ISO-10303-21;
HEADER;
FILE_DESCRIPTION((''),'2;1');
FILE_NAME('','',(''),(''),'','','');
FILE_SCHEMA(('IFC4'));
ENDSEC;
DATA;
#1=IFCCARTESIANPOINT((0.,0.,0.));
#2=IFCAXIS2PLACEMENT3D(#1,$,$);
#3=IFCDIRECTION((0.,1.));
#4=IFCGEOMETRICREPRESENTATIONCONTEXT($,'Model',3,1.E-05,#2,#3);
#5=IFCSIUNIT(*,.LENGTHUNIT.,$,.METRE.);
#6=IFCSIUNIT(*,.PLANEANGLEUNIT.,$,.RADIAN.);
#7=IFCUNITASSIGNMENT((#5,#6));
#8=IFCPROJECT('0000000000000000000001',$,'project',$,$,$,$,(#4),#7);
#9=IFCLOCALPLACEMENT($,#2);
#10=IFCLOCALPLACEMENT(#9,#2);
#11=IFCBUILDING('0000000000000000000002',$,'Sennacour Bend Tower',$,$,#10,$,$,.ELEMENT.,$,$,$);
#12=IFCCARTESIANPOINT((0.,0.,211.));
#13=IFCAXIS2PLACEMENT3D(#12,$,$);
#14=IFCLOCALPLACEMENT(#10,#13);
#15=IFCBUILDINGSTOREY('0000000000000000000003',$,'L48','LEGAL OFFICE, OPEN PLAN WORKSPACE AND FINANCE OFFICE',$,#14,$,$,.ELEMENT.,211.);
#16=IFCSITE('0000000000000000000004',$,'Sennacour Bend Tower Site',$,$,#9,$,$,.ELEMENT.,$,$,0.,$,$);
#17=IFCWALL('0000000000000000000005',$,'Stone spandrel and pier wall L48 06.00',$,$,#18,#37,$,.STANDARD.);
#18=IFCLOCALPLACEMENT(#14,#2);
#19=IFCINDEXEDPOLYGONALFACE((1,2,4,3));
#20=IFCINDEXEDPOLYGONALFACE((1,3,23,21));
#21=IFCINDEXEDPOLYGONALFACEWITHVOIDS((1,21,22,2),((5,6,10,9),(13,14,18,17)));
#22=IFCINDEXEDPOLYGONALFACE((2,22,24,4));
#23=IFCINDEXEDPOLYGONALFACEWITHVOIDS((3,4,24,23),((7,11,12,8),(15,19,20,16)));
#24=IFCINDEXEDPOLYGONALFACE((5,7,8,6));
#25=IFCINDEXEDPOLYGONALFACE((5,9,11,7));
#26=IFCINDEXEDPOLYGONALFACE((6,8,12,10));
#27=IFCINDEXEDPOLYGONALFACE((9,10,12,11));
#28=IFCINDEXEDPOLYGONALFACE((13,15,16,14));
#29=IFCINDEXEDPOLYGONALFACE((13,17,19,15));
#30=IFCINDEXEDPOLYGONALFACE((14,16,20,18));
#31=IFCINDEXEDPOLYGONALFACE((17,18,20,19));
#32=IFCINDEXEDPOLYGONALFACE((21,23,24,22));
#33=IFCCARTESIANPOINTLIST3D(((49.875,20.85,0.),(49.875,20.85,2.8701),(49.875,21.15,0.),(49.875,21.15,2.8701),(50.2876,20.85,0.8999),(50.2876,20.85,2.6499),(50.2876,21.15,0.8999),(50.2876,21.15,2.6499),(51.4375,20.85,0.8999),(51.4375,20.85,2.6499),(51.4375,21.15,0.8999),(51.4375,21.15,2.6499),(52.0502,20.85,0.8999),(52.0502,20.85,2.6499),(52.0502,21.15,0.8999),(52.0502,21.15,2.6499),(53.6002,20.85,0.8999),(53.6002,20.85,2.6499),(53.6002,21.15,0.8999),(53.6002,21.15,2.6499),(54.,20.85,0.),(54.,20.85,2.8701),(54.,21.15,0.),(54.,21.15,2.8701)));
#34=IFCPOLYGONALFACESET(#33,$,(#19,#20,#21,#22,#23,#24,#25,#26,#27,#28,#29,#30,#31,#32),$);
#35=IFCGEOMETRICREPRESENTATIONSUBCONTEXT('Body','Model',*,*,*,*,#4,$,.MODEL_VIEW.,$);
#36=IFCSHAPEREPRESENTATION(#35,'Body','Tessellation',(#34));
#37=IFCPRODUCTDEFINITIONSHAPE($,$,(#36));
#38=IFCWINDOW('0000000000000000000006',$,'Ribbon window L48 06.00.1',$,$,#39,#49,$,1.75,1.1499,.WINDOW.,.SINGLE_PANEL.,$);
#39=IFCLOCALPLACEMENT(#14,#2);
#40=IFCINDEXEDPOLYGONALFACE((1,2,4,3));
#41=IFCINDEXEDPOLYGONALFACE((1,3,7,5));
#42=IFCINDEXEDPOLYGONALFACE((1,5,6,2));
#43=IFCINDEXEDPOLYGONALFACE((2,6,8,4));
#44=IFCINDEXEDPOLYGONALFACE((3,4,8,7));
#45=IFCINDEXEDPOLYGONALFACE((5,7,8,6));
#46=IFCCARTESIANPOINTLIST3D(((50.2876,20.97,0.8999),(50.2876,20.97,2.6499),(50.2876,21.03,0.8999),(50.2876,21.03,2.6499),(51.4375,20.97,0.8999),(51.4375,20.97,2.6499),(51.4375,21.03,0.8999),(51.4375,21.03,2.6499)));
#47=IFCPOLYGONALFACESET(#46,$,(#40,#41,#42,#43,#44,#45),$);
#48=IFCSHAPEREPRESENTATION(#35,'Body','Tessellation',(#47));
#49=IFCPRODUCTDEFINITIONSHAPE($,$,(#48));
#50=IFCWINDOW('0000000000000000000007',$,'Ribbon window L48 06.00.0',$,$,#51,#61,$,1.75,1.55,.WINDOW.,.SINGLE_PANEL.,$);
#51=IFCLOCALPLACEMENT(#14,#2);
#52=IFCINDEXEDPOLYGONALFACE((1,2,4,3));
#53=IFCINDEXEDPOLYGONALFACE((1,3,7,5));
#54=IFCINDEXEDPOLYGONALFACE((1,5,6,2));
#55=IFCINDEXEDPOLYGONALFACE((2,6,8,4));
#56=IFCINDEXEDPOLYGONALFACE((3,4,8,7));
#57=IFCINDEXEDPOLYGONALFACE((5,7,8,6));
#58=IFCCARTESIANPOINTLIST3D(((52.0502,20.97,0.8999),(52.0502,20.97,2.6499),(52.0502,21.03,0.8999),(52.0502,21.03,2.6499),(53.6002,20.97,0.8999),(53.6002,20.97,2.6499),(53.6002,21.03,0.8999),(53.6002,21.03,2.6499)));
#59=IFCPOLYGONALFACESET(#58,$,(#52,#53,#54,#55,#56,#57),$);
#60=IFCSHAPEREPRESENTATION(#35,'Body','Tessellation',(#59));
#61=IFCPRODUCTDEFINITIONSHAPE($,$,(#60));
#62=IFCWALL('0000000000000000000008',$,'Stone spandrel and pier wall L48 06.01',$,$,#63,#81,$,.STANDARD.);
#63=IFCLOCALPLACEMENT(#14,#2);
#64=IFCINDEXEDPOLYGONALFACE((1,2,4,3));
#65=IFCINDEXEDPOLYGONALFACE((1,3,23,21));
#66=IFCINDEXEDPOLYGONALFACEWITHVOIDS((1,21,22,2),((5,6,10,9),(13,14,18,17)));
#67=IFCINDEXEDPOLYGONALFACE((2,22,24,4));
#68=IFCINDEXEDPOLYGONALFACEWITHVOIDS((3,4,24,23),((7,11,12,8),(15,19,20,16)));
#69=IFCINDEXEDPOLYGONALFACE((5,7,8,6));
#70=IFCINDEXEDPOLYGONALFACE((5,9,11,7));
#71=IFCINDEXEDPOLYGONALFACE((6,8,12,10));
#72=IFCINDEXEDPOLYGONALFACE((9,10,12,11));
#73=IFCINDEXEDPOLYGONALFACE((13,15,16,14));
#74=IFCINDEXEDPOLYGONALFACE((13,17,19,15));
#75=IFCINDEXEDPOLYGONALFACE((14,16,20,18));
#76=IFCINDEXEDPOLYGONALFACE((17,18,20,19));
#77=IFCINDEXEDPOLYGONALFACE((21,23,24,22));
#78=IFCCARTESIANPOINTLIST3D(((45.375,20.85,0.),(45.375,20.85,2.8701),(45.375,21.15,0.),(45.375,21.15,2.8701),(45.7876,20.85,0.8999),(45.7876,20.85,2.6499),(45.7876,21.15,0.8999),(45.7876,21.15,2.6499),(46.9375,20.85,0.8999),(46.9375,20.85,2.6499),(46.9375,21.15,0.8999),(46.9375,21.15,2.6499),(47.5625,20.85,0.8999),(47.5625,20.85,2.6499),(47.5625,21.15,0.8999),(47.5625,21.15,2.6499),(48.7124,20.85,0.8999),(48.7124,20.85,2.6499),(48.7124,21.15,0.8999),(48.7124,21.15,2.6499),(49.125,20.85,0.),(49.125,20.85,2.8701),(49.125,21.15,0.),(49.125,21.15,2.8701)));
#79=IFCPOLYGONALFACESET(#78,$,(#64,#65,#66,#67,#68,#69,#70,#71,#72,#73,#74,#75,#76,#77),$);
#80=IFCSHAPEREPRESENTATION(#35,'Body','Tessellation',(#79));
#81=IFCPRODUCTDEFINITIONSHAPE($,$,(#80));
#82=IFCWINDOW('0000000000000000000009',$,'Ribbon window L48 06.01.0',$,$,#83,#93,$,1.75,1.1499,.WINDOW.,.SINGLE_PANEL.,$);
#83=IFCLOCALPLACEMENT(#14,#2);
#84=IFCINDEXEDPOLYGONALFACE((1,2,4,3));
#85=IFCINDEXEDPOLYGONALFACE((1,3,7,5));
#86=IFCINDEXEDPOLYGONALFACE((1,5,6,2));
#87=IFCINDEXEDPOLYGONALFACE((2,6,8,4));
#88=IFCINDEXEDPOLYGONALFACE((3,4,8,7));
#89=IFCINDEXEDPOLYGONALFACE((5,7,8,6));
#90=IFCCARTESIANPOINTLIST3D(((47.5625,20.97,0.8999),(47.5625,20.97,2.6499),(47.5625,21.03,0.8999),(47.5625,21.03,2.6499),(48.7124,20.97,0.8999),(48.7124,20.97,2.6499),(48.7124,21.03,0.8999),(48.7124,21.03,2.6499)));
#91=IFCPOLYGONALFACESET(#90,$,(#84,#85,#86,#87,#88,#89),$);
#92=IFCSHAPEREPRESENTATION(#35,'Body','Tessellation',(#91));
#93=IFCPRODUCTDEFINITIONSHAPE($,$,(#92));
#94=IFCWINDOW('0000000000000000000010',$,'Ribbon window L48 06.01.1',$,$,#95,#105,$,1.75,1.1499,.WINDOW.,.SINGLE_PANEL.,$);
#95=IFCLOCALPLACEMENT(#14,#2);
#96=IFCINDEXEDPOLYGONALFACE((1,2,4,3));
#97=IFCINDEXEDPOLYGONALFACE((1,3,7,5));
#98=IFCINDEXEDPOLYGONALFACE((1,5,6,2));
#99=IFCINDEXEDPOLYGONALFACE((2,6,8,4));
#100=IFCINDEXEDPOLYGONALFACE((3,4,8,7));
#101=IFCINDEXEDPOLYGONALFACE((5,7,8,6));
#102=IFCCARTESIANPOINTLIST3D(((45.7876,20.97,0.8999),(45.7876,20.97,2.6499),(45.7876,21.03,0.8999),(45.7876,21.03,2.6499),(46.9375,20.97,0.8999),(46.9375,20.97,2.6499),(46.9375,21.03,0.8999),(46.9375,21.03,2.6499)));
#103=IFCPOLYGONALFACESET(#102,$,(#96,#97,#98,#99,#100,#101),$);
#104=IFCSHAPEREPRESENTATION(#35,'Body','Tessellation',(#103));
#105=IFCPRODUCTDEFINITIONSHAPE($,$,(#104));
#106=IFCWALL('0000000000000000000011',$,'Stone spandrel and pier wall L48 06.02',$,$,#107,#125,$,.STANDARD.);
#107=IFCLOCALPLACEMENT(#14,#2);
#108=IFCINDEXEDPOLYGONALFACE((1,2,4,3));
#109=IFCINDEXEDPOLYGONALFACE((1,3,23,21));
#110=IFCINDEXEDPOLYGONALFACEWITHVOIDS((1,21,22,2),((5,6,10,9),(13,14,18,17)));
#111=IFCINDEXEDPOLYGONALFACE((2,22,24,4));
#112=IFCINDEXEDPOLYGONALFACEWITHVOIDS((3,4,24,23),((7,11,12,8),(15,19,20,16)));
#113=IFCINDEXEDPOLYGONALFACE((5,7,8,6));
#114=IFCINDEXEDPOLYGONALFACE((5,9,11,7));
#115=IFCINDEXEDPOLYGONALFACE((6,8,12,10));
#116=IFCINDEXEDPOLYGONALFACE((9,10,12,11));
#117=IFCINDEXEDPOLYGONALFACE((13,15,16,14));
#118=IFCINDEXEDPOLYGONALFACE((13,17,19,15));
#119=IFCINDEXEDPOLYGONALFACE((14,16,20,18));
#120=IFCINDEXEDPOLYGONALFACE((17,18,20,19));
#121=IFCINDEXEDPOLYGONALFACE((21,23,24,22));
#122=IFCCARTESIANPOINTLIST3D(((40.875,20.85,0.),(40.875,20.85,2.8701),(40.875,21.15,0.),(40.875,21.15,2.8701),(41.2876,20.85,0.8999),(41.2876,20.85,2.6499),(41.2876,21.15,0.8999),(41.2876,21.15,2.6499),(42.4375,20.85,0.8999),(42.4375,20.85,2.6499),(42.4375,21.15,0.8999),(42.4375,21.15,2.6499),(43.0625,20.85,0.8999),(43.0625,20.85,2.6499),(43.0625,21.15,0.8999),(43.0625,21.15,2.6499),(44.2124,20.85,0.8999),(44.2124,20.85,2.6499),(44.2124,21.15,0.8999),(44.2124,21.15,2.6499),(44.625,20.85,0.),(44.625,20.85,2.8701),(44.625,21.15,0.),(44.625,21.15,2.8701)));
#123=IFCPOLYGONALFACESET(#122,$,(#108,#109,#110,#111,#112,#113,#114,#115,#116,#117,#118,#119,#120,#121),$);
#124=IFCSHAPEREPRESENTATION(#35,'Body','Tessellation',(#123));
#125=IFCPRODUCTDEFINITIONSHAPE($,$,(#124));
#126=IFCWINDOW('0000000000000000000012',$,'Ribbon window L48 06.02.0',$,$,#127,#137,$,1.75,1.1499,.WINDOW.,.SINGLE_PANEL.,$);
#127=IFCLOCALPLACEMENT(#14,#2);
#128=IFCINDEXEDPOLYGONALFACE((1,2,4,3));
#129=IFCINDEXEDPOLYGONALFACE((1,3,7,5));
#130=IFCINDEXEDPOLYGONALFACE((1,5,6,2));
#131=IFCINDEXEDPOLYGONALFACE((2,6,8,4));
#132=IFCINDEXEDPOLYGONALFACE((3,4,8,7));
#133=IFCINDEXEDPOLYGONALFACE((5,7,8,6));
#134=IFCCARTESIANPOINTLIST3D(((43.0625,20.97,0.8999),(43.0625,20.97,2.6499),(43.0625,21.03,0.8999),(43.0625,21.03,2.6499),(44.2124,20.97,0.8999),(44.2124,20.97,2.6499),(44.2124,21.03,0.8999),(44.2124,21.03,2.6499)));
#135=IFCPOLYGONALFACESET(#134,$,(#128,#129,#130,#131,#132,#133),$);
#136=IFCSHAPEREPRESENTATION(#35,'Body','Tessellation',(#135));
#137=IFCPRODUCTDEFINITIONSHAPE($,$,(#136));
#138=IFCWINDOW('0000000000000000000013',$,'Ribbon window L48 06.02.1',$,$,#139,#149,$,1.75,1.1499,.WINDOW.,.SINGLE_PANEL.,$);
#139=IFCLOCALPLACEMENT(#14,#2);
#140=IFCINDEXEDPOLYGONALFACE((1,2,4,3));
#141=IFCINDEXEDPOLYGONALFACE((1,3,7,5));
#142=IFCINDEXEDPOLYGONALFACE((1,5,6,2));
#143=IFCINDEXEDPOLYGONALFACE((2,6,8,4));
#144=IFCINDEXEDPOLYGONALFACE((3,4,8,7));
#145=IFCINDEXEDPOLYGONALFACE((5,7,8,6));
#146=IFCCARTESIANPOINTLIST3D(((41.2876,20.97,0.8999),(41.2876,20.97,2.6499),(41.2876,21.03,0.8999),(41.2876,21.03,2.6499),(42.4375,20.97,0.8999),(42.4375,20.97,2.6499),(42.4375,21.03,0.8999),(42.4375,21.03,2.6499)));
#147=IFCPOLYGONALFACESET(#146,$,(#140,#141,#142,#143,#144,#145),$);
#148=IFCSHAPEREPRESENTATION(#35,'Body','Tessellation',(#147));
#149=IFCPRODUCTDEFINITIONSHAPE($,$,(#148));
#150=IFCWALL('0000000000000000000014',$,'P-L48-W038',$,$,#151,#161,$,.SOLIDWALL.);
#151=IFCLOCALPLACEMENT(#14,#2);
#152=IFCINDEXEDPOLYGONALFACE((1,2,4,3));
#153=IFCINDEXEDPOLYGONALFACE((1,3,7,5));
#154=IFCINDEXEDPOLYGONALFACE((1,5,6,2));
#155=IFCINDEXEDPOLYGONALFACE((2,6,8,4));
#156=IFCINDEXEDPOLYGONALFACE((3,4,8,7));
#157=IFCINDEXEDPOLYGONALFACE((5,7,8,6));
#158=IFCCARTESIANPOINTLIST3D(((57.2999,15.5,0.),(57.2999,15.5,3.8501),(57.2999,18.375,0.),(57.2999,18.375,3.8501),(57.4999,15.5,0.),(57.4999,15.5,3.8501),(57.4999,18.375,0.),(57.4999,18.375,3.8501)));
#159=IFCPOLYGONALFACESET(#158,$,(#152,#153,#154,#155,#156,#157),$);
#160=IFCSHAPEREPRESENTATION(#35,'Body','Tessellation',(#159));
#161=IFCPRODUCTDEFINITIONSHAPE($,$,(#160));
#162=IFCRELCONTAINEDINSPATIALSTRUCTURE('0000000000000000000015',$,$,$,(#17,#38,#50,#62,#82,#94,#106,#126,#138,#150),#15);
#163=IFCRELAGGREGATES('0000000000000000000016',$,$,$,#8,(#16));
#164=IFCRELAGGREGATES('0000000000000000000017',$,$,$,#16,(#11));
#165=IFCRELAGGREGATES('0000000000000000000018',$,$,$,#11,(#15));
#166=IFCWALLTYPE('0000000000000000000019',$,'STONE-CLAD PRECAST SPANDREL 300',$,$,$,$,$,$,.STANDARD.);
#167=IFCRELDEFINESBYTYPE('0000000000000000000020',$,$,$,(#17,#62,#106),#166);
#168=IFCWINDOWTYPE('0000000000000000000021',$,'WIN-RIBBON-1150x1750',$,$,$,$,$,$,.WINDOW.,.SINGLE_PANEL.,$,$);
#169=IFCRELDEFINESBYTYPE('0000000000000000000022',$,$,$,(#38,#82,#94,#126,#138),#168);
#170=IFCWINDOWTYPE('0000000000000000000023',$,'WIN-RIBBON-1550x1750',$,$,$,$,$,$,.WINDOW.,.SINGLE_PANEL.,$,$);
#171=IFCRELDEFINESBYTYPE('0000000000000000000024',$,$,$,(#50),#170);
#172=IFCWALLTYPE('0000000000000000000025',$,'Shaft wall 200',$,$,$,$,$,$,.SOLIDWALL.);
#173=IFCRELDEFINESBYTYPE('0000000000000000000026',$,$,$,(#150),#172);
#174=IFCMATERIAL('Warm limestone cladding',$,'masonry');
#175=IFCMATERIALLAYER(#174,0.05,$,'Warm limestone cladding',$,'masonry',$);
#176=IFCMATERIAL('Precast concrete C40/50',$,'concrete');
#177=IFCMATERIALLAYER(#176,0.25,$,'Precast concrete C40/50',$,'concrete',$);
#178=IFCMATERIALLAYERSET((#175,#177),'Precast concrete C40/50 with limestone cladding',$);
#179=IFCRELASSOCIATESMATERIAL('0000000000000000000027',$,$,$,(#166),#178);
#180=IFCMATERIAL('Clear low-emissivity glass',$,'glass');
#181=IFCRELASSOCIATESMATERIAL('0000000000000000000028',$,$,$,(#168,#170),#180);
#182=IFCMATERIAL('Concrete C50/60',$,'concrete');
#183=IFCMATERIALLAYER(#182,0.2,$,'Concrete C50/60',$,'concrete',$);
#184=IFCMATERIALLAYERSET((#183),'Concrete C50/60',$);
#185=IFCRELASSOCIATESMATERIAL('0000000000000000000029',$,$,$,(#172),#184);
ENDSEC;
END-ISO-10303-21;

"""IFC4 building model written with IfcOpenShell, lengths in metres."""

from ifc_helpers import new_model, si_unit, direction, frame, frame_2d, origin, place, context, subcontext, project, spatial, rectangle, extrude, material, layer, layer_set, type_object, element, fill, save


model = new_model("IFC4")

# Units and contexts
model_context = context("Model", 3, precision=1e-05, world=origin(), true_north=direction((0.0, 1.0)))
body_context = subcontext(model_context, "Body", "Model", "MODEL_VIEW")
ifc_project = project(units=[si_unit("LENGTHUNIT", "METRE"), si_unit("PLANEANGLEUNIT", "RADIAN")], contexts=[model_context])

# Site, building, storey
site_placement = place(None, origin())
site = spatial("IfcSite", under=ifc_project, at=site_placement, Name="Sennacour Bend Tower Site", CompositionType="ELEMENT", RefElevation=0.0)
building_placement = place(site_placement, origin())
building = spatial("IfcBuilding", under=site, at=building_placement, Name="Sennacour Bend Tower", CompositionType="ELEMENT")
storey_placement = place(building_placement, frame((0.0, 0.0, 211.0)))
storey = spatial("IfcBuildingStorey", under=building, at=storey_placement, Name="L48", Description="LEGAL OFFICE, OPEN PLAN WORKSPACE AND FINANCE OFFICE", CompositionType="ELEMENT", Elevation=211.0)

# Walls, openings, windows
ifc_material_1 = material(Name="Warm limestone cladding", Category="masonry")
ifc_layer_1 = layer(ifc_material_1, 0.05, Name="Warm limestone cladding", Category="masonry")
ifc_material_2 = material(Name="Precast concrete C40/50", Category="concrete")
ifc_layer_2 = layer(ifc_material_2, 0.25, Name="Precast concrete C40/50", Category="concrete")
ifc_layer_set_1 = layer_set([ifc_layer_1, ifc_layer_2], Name="Precast concrete C40/50 with limestone cladding")
wall_type_1 = type_object("IfcWallType", Name="STONE-CLAD PRECAST SPANDREL 300", PredefinedType="STANDARD", material=ifc_layer_set_1)
wall_1_placement = place(storey_placement, frame((54.0, 21.0, 0.0), z_axis=(0.0, 0.0, 1.0), x_axis=(-1.0, 0.0, 0.0)))
wall_1 = element("IfcWall", 1, at=wall_1_placement, inside=storey, type_object=wall_type_1, Name="Stone spandrel and pier wall L48 06.00", PredefinedType="STANDARD", context=body_context, shape_type="SweptSolid", body=[
    extrude(rectangle(XDim=4.125, YDim=0.3, at=frame_2d((2.0625, 0.0))), origin(), (0.0, 0.0, 1.0), 2.8701),
])
opening_1_placement = place(wall_1_placement, frame((0.3999, 0.0, 0.8999)))
opening_1 = element("IfcOpeningElement", 2, at=opening_1_placement, cuts=wall_1, PredefinedType="OPENING", context=body_context, shape_type="SweptSolid", body=[
    extrude(rectangle(XDim=1.55, YDim=1.75, at=frame_2d((0.7749, 0.875))), frame((0.0, 0.1602, 0.0), z_axis=(0.0, -1.0, 0.0), x_axis=(1.0, 0.0, 0.0)), (0.0, 0.0, 1.0), 0.3201),
])
opening_2_placement = place(wall_1_placement, frame((2.5625, 0.0, 0.8999)))
opening_2 = element("IfcOpeningElement", 3, at=opening_2_placement, cuts=wall_1, PredefinedType="OPENING", context=body_context, shape_type="SweptSolid", body=[
    extrude(rectangle(XDim=1.1499, YDim=1.75, at=frame_2d((0.575, 0.875))), frame((0.0, 0.1602, 0.0), z_axis=(0.0, -1.0, 0.0), x_axis=(1.0, 0.0, 0.0)), (0.0, 0.0, 1.0), 0.3201),
])
ifc_material_3 = material(Name="Clear low-emissivity glass", Category="glass")
window_type_1 = type_object("IfcWindowType", Name="WIN-RIBBON-1150x1750", PartitioningType="SINGLE_PANEL", PredefinedType="WINDOW", material=ifc_material_3)
window_1_placement = place(opening_2_placement, origin())
window_1 = element("IfcWindow", 4, at=window_1_placement, inside=storey, type_object=window_type_1, Name="Ribbon window L48 06.00.1", OverallHeight=1.75, OverallWidth=1.1499, PartitioningType="SINGLE_PANEL", PredefinedType="WINDOW", context=body_context, shape_type="SweptSolid", body=[
    extrude(rectangle(XDim=1.1499, YDim=1.75, at=frame_2d((0.575, 0.875))), frame((0.0, 0.03, 0.0), z_axis=(0.0, -1.0, 0.0), x_axis=(1.0, 0.0, 0.0)), (0.0, 0.0, 1.0), 0.0601),
])
fill(opening_2, window_1)
window_type_2 = type_object("IfcWindowType", Name="WIN-RIBBON-1550x1750", PartitioningType="SINGLE_PANEL", PredefinedType="WINDOW", material=ifc_material_3)
window_2_placement = place(opening_1_placement, origin())
window_2 = element("IfcWindow", 5, at=window_2_placement, inside=storey, type_object=window_type_2, Name="Ribbon window L48 06.00.0", OverallHeight=1.75, OverallWidth=1.55, PartitioningType="SINGLE_PANEL", PredefinedType="WINDOW", context=body_context, shape_type="SweptSolid", body=[
    extrude(rectangle(XDim=1.55, YDim=1.75, at=frame_2d((0.7749, 0.875))), frame((0.0, 0.03, 0.0), z_axis=(0.0, -1.0, 0.0), x_axis=(1.0, 0.0, 0.0)), (0.0, 0.0, 1.0), 0.0601),
])
fill(opening_1, window_2)
wall_2_placement = place(storey_placement, frame((49.125, 21.0, 0.0), z_axis=(0.0, 0.0, 1.0), x_axis=(-1.0, 0.0, 0.0)))
wall_2 = element("IfcWall", 6, at=wall_2_placement, inside=storey, type_object=wall_type_1, Name="Stone spandrel and pier wall L48 06.01", PredefinedType="STANDARD", context=body_context, shape_type="SweptSolid", body=[
    extrude(rectangle(XDim=3.75, YDim=0.3, at=frame_2d((1.875, 0.0))), origin(), (0.0, 0.0, 1.0), 2.8701),
])
opening_3_placement = place(wall_2_placement, frame((0.4126, 0.0, 0.8999)))
opening_3 = element("IfcOpeningElement", 7, at=opening_3_placement, cuts=wall_2, PredefinedType="OPENING", context=body_context, shape_type="SweptSolid", body=[
    extrude(rectangle(XDim=1.1499, YDim=1.75, at=frame_2d((0.575, 0.875))), frame((0.0, 0.1602, 0.0), z_axis=(0.0, -1.0, 0.0), x_axis=(1.0, 0.0, 0.0)), (0.0, 0.0, 1.0), 0.3201),
])
opening_4_placement = place(wall_2_placement, frame((2.1875, 0.0, 0.8999)))
opening_4 = element("IfcOpeningElement", 8, at=opening_4_placement, cuts=wall_2, PredefinedType="OPENING", context=body_context, shape_type="SweptSolid", body=[
    extrude(rectangle(XDim=1.1499, YDim=1.75, at=frame_2d((0.575, 0.875))), frame((0.0, 0.1602, 0.0), z_axis=(0.0, -1.0, 0.0), x_axis=(1.0, 0.0, 0.0)), (0.0, 0.0, 1.0), 0.3201),
])
window_3_placement = place(opening_3_placement, origin())
window_3 = element("IfcWindow", 9, at=window_3_placement, inside=storey, type_object=window_type_1, Name="Ribbon window L48 06.01.0", OverallHeight=1.75, OverallWidth=1.1499, PartitioningType="SINGLE_PANEL", PredefinedType="WINDOW", context=body_context, shape_type="SweptSolid", body=[
    extrude(rectangle(XDim=1.1499, YDim=1.75, at=frame_2d((0.575, 0.875))), frame((0.0, 0.03, 0.0), z_axis=(0.0, -1.0, 0.0), x_axis=(1.0, 0.0, 0.0)), (0.0, 0.0, 1.0), 0.0601),
])
fill(opening_3, window_3)
window_4_placement = place(opening_4_placement, origin())
window_4 = element("IfcWindow", 10, at=window_4_placement, inside=storey, type_object=window_type_1, Name="Ribbon window L48 06.01.1", OverallHeight=1.75, OverallWidth=1.1499, PartitioningType="SINGLE_PANEL", PredefinedType="WINDOW", context=body_context, shape_type="SweptSolid", body=[
    extrude(rectangle(XDim=1.1499, YDim=1.75, at=frame_2d((0.575, 0.875))), frame((0.0, 0.03, 0.0), z_axis=(0.0, -1.0, 0.0), x_axis=(1.0, 0.0, 0.0)), (0.0, 0.0, 1.0), 0.0601),
])
fill(opening_4, window_4)
wall_3_placement = place(storey_placement, frame((44.625, 21.0, 0.0), z_axis=(0.0, 0.0, 1.0), x_axis=(-1.0, 0.0, 0.0)))
wall_3 = element("IfcWall", 11, at=wall_3_placement, inside=storey, type_object=wall_type_1, Name="Stone spandrel and pier wall L48 06.02", PredefinedType="STANDARD", context=body_context, shape_type="SweptSolid", body=[
    extrude(rectangle(XDim=3.75, YDim=0.3, at=frame_2d((1.875, 0.0))), origin(), (0.0, 0.0, 1.0), 2.8701),
])
opening_5_placement = place(wall_3_placement, frame((0.4126, 0.0, 0.8999)))
opening_5 = element("IfcOpeningElement", 12, at=opening_5_placement, cuts=wall_3, PredefinedType="OPENING", context=body_context, shape_type="SweptSolid", body=[
    extrude(rectangle(XDim=1.1499, YDim=1.75, at=frame_2d((0.575, 0.875))), frame((0.0, 0.1602, 0.0), z_axis=(0.0, -1.0, 0.0), x_axis=(1.0, 0.0, 0.0)), (0.0, 0.0, 1.0), 0.3201),
])
opening_6_placement = place(wall_3_placement, frame((2.1875, 0.0, 0.8999)))
opening_6 = element("IfcOpeningElement", 13, at=opening_6_placement, cuts=wall_3, PredefinedType="OPENING", context=body_context, shape_type="SweptSolid", body=[
    extrude(rectangle(XDim=1.1499, YDim=1.75, at=frame_2d((0.575, 0.875))), frame((0.0, 0.1602, 0.0), z_axis=(0.0, -1.0, 0.0), x_axis=(1.0, 0.0, 0.0)), (0.0, 0.0, 1.0), 0.3201),
])
window_5_placement = place(opening_5_placement, origin())
window_5 = element("IfcWindow", 14, at=window_5_placement, inside=storey, type_object=window_type_1, Name="Ribbon window L48 06.02.0", OverallHeight=1.75, OverallWidth=1.1499, PartitioningType="SINGLE_PANEL", PredefinedType="WINDOW", context=body_context, shape_type="SweptSolid", body=[
    extrude(rectangle(XDim=1.1499, YDim=1.75, at=frame_2d((0.575, 0.875))), frame((0.0, 0.03, 0.0), z_axis=(0.0, -1.0, 0.0), x_axis=(1.0, 0.0, 0.0)), (0.0, 0.0, 1.0), 0.0601),
])
fill(opening_5, window_5)
window_6_placement = place(opening_6_placement, origin())
window_6 = element("IfcWindow", 15, at=window_6_placement, inside=storey, type_object=window_type_1, Name="Ribbon window L48 06.02.1", OverallHeight=1.75, OverallWidth=1.1499, PartitioningType="SINGLE_PANEL", PredefinedType="WINDOW", context=body_context, shape_type="SweptSolid", body=[
    extrude(rectangle(XDim=1.1499, YDim=1.75, at=frame_2d((0.575, 0.875))), frame((0.0, 0.03, 0.0), z_axis=(0.0, -1.0, 0.0), x_axis=(1.0, 0.0, 0.0)), (0.0, 0.0, 1.0), 0.0601),
])
fill(opening_6, window_6)

# Wall
ifc_material_4 = material(Name="Concrete C50/60", Category="concrete")
ifc_layer_3 = layer(ifc_material_4, 0.2, Name="Concrete C50/60", Category="concrete")
ifc_layer_set_2 = layer_set([ifc_layer_3], Name="Concrete C50/60")
wall_type_2 = type_object("IfcWallType", Name="Shaft wall 200", PredefinedType="SOLIDWALL", material=ifc_layer_set_2)
wall_4_placement = place(storey_placement, frame((57.3999, 15.5, 0.0), z_axis=(0.0, 0.0, 1.0), x_axis=(0.0, 1.0, 0.0)))
element("IfcWall", 16, at=wall_4_placement, inside=storey, type_object=wall_type_2, Name="P-L48-W038", PredefinedType="SOLIDWALL", context=body_context, shape_type="SweptSolid", body=[
    extrude(rectangle(XDim=2.875, YDim=0.2, at=frame_2d((1.4375, 0.0))), origin(), (0.0, 0.0, 1.0), 3.8501),
])

save(model, "model.ifc")
